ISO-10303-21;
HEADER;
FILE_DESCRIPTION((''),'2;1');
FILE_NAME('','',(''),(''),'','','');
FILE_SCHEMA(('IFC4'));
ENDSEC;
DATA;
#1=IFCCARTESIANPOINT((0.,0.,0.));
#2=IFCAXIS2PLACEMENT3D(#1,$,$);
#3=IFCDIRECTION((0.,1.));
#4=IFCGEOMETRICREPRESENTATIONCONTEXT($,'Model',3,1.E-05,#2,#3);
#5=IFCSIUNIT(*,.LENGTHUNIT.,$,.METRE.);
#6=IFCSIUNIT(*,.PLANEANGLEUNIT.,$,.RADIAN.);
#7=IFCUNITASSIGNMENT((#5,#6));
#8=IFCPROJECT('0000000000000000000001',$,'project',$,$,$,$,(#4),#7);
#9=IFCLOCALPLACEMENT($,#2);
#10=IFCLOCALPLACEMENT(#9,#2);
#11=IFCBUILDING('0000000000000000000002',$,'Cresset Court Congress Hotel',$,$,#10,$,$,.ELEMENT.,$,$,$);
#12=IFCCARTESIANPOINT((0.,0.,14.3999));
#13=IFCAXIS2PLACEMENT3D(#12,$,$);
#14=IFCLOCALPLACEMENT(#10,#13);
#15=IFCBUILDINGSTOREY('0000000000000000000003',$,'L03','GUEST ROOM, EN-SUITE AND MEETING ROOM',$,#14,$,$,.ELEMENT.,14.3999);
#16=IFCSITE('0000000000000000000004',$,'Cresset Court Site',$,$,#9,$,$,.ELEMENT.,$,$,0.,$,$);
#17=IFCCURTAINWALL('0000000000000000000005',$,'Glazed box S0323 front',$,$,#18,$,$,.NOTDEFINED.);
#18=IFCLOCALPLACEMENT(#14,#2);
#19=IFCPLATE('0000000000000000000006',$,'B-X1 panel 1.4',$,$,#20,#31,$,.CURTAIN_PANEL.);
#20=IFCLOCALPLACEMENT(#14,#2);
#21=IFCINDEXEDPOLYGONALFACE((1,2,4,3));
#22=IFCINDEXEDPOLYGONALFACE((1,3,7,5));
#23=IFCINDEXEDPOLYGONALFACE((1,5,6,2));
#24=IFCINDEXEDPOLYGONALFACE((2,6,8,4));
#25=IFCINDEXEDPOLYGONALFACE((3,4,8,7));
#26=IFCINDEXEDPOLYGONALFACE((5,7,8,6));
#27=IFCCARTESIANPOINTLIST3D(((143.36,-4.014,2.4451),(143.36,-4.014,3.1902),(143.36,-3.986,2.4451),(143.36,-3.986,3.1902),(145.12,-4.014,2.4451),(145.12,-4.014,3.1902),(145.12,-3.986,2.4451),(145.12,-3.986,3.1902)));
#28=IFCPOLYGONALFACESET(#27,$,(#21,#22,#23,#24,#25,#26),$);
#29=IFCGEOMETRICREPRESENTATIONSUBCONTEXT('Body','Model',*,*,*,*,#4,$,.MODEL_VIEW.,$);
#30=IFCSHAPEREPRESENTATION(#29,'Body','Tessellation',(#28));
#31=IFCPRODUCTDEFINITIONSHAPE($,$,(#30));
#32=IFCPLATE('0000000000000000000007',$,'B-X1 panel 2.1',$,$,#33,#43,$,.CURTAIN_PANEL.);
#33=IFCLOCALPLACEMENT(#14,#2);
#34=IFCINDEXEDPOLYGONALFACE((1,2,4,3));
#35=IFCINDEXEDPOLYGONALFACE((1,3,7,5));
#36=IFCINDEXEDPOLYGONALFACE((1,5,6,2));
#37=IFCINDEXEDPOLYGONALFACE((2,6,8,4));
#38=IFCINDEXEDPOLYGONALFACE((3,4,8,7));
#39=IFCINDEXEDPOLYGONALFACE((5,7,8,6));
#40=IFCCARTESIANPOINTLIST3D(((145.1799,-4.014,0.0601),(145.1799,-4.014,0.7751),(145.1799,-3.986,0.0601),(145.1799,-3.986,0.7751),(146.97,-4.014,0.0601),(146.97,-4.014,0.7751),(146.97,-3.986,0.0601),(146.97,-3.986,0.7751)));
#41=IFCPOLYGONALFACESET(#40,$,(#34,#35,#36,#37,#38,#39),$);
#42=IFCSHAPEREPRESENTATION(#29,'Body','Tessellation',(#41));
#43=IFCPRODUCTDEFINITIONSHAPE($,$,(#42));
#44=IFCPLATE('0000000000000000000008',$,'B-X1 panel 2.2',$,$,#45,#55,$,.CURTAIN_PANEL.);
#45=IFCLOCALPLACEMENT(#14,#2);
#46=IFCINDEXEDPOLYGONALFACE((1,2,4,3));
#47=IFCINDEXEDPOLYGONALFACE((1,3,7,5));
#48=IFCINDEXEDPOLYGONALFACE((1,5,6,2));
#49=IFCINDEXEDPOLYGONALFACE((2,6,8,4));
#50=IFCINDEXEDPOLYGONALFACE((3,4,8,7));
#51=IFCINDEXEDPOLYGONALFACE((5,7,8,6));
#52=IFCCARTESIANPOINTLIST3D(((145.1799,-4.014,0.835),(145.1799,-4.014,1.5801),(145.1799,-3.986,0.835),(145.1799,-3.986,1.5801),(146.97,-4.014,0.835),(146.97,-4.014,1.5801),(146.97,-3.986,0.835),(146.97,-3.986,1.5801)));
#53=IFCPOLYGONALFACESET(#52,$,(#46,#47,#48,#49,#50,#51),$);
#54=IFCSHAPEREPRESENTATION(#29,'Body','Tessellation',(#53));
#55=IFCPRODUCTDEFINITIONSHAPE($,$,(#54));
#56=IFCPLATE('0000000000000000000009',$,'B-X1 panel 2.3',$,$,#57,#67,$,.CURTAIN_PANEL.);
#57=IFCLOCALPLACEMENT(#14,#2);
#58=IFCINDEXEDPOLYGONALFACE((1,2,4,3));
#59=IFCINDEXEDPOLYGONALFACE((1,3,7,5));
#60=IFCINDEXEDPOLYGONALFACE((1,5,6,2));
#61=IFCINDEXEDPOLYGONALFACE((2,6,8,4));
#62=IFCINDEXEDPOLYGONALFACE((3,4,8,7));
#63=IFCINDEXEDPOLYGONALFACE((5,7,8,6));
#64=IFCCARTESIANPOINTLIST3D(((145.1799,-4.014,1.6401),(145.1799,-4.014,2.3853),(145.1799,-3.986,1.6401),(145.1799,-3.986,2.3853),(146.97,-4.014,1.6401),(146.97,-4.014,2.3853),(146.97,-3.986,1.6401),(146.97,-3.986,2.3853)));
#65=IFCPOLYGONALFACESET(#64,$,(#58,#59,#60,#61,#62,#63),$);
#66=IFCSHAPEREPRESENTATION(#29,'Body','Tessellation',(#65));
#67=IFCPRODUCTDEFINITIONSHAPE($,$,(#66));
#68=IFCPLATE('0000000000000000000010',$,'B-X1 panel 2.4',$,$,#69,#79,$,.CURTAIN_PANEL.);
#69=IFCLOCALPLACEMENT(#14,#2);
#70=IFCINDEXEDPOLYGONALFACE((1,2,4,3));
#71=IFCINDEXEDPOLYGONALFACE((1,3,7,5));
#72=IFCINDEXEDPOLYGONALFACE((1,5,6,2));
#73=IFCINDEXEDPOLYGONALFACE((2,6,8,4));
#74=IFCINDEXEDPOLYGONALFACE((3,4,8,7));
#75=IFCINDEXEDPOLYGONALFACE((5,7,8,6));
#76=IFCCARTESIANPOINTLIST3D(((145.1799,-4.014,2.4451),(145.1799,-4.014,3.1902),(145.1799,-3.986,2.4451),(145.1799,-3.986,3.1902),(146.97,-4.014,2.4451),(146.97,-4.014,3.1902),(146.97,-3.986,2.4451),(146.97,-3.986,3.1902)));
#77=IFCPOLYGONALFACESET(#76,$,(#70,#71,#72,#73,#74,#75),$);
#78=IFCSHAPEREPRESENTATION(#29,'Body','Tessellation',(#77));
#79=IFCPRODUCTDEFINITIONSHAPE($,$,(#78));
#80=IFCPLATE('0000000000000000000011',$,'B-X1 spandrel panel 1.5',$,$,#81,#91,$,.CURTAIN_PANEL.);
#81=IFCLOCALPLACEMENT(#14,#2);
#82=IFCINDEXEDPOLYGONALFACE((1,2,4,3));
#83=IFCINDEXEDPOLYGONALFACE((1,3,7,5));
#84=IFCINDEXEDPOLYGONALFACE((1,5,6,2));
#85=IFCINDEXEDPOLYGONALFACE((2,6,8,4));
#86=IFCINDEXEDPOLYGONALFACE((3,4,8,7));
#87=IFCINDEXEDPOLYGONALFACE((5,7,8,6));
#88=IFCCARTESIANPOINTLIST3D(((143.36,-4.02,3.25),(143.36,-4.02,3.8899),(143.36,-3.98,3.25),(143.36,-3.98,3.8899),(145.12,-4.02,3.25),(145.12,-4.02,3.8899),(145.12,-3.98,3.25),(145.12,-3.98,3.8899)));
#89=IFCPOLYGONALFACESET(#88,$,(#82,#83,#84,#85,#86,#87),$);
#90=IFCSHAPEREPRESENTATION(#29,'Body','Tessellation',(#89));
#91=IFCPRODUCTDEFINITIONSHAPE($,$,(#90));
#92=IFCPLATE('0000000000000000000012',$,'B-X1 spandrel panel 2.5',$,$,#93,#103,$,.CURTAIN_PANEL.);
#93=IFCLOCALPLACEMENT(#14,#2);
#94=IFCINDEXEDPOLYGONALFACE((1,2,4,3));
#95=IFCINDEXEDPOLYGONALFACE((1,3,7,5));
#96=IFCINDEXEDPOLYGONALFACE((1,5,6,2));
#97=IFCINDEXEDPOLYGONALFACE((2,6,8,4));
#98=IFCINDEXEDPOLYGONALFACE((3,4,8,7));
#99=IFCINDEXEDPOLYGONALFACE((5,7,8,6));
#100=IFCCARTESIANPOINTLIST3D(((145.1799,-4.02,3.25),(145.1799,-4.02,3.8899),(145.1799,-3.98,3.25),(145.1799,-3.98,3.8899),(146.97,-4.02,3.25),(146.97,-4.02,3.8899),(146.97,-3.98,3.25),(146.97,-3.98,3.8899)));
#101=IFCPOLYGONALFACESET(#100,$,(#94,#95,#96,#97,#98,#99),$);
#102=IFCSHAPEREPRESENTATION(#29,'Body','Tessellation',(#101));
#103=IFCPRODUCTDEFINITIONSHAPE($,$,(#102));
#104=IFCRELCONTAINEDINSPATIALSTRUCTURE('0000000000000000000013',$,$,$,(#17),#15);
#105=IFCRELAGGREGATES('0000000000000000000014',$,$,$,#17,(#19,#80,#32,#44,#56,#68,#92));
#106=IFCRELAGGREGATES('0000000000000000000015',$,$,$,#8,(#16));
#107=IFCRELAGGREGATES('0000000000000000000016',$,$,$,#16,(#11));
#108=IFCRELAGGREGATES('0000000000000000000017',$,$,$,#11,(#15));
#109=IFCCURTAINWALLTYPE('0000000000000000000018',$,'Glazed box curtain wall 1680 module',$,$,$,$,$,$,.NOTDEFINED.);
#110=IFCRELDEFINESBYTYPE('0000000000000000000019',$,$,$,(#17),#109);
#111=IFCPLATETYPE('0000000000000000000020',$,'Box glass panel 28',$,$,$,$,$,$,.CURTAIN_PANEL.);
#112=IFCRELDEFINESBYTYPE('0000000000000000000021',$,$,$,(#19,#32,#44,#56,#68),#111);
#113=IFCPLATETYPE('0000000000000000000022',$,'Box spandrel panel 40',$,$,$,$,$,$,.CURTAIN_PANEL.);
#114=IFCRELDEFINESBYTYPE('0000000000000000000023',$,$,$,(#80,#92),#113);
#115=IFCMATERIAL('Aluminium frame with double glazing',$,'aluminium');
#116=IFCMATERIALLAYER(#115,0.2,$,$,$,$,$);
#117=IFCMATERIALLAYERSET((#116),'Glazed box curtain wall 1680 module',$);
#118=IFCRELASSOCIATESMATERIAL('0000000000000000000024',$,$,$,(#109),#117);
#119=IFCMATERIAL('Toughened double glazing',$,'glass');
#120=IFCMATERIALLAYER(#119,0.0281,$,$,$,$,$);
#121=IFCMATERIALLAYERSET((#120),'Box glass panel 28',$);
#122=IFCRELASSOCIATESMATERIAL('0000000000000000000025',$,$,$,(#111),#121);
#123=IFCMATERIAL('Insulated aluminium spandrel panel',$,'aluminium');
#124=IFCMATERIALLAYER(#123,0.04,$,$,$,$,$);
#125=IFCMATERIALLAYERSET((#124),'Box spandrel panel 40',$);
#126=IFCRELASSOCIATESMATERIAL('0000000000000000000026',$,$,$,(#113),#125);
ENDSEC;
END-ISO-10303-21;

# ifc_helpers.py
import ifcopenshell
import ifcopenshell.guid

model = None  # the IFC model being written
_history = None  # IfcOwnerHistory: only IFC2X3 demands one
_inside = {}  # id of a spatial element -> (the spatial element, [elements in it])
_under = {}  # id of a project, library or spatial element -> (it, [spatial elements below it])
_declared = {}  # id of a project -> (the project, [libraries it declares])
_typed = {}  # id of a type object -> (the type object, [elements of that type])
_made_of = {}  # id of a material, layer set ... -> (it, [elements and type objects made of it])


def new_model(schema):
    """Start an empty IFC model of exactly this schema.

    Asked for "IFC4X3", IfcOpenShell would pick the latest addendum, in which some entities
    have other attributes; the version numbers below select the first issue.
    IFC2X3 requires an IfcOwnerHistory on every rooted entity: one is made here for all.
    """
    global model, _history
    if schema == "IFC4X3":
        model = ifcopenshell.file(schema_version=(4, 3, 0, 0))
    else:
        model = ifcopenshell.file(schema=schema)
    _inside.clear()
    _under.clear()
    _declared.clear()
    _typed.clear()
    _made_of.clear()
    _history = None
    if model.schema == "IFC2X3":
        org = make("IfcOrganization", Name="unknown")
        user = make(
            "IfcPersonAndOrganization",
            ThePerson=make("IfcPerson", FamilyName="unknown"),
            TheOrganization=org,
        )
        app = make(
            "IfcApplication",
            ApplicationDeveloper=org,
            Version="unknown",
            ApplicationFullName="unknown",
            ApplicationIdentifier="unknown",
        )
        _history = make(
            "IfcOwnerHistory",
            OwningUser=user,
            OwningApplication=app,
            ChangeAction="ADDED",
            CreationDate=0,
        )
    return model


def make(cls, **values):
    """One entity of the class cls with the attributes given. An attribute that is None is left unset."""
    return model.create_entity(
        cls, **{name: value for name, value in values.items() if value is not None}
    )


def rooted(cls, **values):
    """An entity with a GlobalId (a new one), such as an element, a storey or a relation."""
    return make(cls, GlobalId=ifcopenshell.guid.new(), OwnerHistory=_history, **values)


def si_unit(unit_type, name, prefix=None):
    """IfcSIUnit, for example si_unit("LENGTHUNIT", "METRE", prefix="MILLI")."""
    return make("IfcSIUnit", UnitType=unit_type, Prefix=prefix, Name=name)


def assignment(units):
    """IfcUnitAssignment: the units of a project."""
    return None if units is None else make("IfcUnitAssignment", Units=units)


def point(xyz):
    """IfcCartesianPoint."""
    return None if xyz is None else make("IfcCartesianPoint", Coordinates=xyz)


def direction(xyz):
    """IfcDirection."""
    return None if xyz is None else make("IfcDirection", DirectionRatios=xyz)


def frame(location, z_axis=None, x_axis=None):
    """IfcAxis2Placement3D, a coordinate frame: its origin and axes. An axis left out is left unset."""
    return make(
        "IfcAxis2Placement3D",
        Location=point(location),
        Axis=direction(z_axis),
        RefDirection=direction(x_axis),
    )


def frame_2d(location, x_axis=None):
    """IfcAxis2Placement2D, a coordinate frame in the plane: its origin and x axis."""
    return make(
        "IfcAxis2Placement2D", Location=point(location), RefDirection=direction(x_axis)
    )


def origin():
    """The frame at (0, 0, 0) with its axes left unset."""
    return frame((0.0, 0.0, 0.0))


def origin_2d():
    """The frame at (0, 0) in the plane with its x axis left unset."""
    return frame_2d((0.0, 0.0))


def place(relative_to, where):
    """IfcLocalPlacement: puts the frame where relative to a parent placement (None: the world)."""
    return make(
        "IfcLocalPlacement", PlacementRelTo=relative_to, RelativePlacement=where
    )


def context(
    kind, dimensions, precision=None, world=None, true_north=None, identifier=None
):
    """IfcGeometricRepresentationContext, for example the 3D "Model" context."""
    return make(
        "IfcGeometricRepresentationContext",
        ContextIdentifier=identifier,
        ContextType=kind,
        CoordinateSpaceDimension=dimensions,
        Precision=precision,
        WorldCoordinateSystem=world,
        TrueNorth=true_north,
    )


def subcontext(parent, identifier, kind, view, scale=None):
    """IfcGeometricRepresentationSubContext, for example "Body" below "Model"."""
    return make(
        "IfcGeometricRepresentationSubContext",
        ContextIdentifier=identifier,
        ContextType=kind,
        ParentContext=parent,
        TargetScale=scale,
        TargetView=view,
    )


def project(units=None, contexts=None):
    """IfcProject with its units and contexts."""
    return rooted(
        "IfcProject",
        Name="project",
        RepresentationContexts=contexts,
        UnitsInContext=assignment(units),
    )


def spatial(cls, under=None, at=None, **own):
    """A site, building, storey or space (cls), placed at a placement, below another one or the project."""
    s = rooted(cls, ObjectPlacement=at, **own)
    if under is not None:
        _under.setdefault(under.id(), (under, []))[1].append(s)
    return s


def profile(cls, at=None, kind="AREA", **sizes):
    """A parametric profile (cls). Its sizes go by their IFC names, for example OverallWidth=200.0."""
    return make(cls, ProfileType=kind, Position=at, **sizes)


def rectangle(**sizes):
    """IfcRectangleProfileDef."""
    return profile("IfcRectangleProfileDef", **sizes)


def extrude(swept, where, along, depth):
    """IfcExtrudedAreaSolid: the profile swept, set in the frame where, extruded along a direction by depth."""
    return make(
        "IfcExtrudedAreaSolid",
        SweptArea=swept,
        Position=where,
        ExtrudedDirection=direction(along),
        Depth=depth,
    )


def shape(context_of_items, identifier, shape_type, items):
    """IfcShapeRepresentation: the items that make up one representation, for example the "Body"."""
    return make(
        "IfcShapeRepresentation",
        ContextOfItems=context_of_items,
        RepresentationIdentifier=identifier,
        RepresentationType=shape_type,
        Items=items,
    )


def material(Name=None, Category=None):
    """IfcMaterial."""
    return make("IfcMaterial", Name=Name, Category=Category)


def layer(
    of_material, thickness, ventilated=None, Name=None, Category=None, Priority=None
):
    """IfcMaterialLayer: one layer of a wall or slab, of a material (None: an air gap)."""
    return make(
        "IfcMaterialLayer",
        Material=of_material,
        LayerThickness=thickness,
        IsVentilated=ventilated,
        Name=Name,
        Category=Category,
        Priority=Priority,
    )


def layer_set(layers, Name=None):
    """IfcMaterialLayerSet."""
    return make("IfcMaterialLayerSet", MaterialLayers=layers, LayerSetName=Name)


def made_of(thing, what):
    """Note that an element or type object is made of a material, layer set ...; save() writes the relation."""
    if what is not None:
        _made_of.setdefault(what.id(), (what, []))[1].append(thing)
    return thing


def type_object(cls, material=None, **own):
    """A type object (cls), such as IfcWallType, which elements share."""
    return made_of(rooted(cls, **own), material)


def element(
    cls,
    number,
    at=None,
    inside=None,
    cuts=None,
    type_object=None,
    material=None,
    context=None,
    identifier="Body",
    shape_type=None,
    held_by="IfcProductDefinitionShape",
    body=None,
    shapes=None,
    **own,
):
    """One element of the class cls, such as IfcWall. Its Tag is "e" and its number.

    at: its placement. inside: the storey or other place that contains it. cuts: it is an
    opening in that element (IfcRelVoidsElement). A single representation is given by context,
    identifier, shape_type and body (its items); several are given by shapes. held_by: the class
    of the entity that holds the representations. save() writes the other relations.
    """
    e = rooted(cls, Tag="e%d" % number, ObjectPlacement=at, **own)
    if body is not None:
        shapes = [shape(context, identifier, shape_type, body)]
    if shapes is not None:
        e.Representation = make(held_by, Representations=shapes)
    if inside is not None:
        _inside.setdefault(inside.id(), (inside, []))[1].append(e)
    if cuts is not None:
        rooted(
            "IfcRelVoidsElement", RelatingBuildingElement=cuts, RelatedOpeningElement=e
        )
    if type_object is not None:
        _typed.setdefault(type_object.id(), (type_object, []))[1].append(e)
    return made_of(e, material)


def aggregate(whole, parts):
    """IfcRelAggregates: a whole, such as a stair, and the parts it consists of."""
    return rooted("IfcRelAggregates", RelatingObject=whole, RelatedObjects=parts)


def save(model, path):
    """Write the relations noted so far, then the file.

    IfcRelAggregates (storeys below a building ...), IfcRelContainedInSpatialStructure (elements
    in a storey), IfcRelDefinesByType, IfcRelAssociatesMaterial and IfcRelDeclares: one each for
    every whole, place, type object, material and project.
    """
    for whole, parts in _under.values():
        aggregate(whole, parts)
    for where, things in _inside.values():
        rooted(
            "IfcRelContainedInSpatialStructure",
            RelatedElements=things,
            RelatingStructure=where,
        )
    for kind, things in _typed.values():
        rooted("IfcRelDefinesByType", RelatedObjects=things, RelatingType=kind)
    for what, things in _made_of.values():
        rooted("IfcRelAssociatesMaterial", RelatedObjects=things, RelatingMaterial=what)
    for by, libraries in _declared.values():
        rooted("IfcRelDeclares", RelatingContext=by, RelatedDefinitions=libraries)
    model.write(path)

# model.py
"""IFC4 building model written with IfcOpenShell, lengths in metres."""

from ifc_helpers import new_model, si_unit, direction, frame, origin, origin_2d, place, context, subcontext, project, spatial, rectangle, extrude, material, layer, layer_set, type_object, element, aggregate, save


model = new_model("IFC4")

# Units and contexts
model_context = context("Model", 3, precision=1e-05, world=origin(), true_north=direction((0.0, 1.0)))
body_context = subcontext(model_context, "Body", "Model", "MODEL_VIEW")
ifc_project = project(units=[si_unit("LENGTHUNIT", "METRE"), si_unit("PLANEANGLEUNIT", "RADIAN")], contexts=[model_context])

# Site, building, storey
site_placement = place(None, origin())
site = spatial("IfcSite", under=ifc_project, at=site_placement, Name="Cresset Court Site", CompositionType="ELEMENT", RefElevation=0.0)
building_placement = place(site_placement, origin())
building = spatial("IfcBuilding", under=site, at=building_placement, Name="Cresset Court Congress Hotel", CompositionType="ELEMENT")
storey_placement = place(building_placement, frame((0.0, 0.0, 14.3999)))
storey = spatial("IfcBuildingStorey", under=building, at=storey_placement, Name="L03", Description="GUEST ROOM, EN-SUITE AND MEETING ROOM", CompositionType="ELEMENT", Elevation=14.3999)

# Curtain wall, plates
ifc_material_1 = material(Name="Aluminium frame with double glazing", Category="aluminium")
ifc_layer_1 = layer(ifc_material_1, 0.2)
ifc_layer_set_1 = layer_set([ifc_layer_1], Name="Glazed box curtain wall 1680 module")
curtain_wall_type = type_object("IfcCurtainWallType", Name="Glazed box curtain wall 1680 module", PredefinedType="NOTDEFINED", material=ifc_layer_set_1)
curtain_wall_placement = place(storey_placement, origin())
curtain_wall = element("IfcCurtainWall", 1, at=curtain_wall_placement, inside=storey, type_object=curtain_wall_type, Name="Glazed box S0323 front", PredefinedType="NOTDEFINED")
ifc_material_2 = material(Name="Toughened double glazing", Category="glass")
ifc_layer_2 = layer(ifc_material_2, 0.0281)
ifc_layer_set_2 = layer_set([ifc_layer_2], Name="Box glass panel 28")
plate_type_1 = type_object("IfcPlateType", Name="Box glass panel 28", PredefinedType="CURTAIN_PANEL", material=ifc_layer_set_2)
plate_1_placement = place(storey_placement, frame((144.24, -4.0, 2.4451), z_axis=(0.0, 0.0, 1.0), x_axis=(1.0, 0.0, 0.0)))
plate_1 = element("IfcPlate", 2, at=plate_1_placement, type_object=plate_type_1, Name="B-X1 panel 1.4", PredefinedType="CURTAIN_PANEL", context=body_context, shape_type="SweptSolid", body=[
    extrude(rectangle(XDim=1.76, YDim=0.0281, at=origin_2d()), origin(), (0.0, 0.0, 1.0), 0.7451),
])
plate_2_placement = place(storey_placement, frame((146.075, -4.0, 0.0601), z_axis=(0.0, 0.0, 1.0), x_axis=(1.0, 0.0, 0.0)))
plate_2 = element("IfcPlate", 3, at=plate_2_placement, type_object=plate_type_1, Name="B-X1 panel 2.1", PredefinedType="CURTAIN_PANEL", context=body_context, shape_type="SweptSolid", body=[
    extrude(rectangle(XDim=1.79, YDim=0.0281, at=origin_2d()), origin(), (0.0, 0.0, 1.0), 0.7151),
])
plate_3_placement = place(storey_placement, frame((146.075, -4.0, 0.835), z_axis=(0.0, 0.0, 1.0), x_axis=(1.0, 0.0, 0.0)))
plate_3 = element("IfcPlate", 4, at=plate_3_placement, type_object=plate_type_1, Name="B-X1 panel 2.2", PredefinedType="CURTAIN_PANEL", context=body_context, shape_type="SweptSolid", body=[
    extrude(rectangle(XDim=1.79, YDim=0.0281, at=origin_2d()), origin(), (0.0, 0.0, 1.0), 0.7451),
])
plate_4_placement = place(storey_placement, frame((146.075, -4.0, 1.6401), z_axis=(0.0, 0.0, 1.0), x_axis=(1.0, 0.0, 0.0)))
plate_4 = element("IfcPlate", 5, at=plate_4_placement, type_object=plate_type_1, Name="B-X1 panel 2.3", PredefinedType="CURTAIN_PANEL", context=body_context, shape_type="SweptSolid", body=[
    extrude(rectangle(XDim=1.79, YDim=0.0281, at=origin_2d()), origin(), (0.0, 0.0, 1.0), 0.7451),
])
plate_5_placement = place(storey_placement, frame((146.075, -4.0, 2.4451), z_axis=(0.0, 0.0, 1.0), x_axis=(1.0, 0.0, 0.0)))
plate_5 = element("IfcPlate", 6, at=plate_5_placement, type_object=plate_type_1, Name="B-X1 panel 2.4", PredefinedType="CURTAIN_PANEL", context=body_context, shape_type="SweptSolid", body=[
    extrude(rectangle(XDim=1.79, YDim=0.0281, at=origin_2d()), origin(), (0.0, 0.0, 1.0), 0.7451),
])
ifc_material_3 = material(Name="Insulated aluminium spandrel panel", Category="aluminium")
ifc_layer_3 = layer(ifc_material_3, 0.04)
ifc_layer_set_3 = layer_set([ifc_layer_3], Name="Box spandrel panel 40")
plate_type_2 = type_object("IfcPlateType", Name="Box spandrel panel 40", PredefinedType="CURTAIN_PANEL", material=ifc_layer_set_3)
plate_6_placement = place(storey_placement, frame((144.24, -4.0, 3.25), z_axis=(0.0, 0.0, 1.0), x_axis=(1.0, 0.0, 0.0)))
plate_6 = element("IfcPlate", 7, at=plate_6_placement, type_object=plate_type_2, Name="B-X1 spandrel panel 1.5", PredefinedType="CURTAIN_PANEL", context=body_context, shape_type="SweptSolid", body=[
    extrude(rectangle(XDim=1.76, YDim=0.04, at=origin_2d()), origin(), (0.0, 0.0, 1.0), 0.6399),
])
plate_7_placement = place(storey_placement, frame((146.075, -4.0, 3.25), z_axis=(0.0, 0.0, 1.0), x_axis=(1.0, 0.0, 0.0)))
plate_7 = element("IfcPlate", 8, at=plate_7_placement, type_object=plate_type_2, Name="B-X1 spandrel panel 2.5", PredefinedType="CURTAIN_PANEL", context=body_context, shape_type="SweptSolid", body=[
    extrude(rectangle(XDim=1.79, YDim=0.04, at=origin_2d()), origin(), (0.0, 0.0, 1.0), 0.6399),
])
aggregate(curtain_wall, [plate_1, plate_6, plate_2, plate_3, plate_4, plate_5, plate_7])

save(model, "model.ifc")
